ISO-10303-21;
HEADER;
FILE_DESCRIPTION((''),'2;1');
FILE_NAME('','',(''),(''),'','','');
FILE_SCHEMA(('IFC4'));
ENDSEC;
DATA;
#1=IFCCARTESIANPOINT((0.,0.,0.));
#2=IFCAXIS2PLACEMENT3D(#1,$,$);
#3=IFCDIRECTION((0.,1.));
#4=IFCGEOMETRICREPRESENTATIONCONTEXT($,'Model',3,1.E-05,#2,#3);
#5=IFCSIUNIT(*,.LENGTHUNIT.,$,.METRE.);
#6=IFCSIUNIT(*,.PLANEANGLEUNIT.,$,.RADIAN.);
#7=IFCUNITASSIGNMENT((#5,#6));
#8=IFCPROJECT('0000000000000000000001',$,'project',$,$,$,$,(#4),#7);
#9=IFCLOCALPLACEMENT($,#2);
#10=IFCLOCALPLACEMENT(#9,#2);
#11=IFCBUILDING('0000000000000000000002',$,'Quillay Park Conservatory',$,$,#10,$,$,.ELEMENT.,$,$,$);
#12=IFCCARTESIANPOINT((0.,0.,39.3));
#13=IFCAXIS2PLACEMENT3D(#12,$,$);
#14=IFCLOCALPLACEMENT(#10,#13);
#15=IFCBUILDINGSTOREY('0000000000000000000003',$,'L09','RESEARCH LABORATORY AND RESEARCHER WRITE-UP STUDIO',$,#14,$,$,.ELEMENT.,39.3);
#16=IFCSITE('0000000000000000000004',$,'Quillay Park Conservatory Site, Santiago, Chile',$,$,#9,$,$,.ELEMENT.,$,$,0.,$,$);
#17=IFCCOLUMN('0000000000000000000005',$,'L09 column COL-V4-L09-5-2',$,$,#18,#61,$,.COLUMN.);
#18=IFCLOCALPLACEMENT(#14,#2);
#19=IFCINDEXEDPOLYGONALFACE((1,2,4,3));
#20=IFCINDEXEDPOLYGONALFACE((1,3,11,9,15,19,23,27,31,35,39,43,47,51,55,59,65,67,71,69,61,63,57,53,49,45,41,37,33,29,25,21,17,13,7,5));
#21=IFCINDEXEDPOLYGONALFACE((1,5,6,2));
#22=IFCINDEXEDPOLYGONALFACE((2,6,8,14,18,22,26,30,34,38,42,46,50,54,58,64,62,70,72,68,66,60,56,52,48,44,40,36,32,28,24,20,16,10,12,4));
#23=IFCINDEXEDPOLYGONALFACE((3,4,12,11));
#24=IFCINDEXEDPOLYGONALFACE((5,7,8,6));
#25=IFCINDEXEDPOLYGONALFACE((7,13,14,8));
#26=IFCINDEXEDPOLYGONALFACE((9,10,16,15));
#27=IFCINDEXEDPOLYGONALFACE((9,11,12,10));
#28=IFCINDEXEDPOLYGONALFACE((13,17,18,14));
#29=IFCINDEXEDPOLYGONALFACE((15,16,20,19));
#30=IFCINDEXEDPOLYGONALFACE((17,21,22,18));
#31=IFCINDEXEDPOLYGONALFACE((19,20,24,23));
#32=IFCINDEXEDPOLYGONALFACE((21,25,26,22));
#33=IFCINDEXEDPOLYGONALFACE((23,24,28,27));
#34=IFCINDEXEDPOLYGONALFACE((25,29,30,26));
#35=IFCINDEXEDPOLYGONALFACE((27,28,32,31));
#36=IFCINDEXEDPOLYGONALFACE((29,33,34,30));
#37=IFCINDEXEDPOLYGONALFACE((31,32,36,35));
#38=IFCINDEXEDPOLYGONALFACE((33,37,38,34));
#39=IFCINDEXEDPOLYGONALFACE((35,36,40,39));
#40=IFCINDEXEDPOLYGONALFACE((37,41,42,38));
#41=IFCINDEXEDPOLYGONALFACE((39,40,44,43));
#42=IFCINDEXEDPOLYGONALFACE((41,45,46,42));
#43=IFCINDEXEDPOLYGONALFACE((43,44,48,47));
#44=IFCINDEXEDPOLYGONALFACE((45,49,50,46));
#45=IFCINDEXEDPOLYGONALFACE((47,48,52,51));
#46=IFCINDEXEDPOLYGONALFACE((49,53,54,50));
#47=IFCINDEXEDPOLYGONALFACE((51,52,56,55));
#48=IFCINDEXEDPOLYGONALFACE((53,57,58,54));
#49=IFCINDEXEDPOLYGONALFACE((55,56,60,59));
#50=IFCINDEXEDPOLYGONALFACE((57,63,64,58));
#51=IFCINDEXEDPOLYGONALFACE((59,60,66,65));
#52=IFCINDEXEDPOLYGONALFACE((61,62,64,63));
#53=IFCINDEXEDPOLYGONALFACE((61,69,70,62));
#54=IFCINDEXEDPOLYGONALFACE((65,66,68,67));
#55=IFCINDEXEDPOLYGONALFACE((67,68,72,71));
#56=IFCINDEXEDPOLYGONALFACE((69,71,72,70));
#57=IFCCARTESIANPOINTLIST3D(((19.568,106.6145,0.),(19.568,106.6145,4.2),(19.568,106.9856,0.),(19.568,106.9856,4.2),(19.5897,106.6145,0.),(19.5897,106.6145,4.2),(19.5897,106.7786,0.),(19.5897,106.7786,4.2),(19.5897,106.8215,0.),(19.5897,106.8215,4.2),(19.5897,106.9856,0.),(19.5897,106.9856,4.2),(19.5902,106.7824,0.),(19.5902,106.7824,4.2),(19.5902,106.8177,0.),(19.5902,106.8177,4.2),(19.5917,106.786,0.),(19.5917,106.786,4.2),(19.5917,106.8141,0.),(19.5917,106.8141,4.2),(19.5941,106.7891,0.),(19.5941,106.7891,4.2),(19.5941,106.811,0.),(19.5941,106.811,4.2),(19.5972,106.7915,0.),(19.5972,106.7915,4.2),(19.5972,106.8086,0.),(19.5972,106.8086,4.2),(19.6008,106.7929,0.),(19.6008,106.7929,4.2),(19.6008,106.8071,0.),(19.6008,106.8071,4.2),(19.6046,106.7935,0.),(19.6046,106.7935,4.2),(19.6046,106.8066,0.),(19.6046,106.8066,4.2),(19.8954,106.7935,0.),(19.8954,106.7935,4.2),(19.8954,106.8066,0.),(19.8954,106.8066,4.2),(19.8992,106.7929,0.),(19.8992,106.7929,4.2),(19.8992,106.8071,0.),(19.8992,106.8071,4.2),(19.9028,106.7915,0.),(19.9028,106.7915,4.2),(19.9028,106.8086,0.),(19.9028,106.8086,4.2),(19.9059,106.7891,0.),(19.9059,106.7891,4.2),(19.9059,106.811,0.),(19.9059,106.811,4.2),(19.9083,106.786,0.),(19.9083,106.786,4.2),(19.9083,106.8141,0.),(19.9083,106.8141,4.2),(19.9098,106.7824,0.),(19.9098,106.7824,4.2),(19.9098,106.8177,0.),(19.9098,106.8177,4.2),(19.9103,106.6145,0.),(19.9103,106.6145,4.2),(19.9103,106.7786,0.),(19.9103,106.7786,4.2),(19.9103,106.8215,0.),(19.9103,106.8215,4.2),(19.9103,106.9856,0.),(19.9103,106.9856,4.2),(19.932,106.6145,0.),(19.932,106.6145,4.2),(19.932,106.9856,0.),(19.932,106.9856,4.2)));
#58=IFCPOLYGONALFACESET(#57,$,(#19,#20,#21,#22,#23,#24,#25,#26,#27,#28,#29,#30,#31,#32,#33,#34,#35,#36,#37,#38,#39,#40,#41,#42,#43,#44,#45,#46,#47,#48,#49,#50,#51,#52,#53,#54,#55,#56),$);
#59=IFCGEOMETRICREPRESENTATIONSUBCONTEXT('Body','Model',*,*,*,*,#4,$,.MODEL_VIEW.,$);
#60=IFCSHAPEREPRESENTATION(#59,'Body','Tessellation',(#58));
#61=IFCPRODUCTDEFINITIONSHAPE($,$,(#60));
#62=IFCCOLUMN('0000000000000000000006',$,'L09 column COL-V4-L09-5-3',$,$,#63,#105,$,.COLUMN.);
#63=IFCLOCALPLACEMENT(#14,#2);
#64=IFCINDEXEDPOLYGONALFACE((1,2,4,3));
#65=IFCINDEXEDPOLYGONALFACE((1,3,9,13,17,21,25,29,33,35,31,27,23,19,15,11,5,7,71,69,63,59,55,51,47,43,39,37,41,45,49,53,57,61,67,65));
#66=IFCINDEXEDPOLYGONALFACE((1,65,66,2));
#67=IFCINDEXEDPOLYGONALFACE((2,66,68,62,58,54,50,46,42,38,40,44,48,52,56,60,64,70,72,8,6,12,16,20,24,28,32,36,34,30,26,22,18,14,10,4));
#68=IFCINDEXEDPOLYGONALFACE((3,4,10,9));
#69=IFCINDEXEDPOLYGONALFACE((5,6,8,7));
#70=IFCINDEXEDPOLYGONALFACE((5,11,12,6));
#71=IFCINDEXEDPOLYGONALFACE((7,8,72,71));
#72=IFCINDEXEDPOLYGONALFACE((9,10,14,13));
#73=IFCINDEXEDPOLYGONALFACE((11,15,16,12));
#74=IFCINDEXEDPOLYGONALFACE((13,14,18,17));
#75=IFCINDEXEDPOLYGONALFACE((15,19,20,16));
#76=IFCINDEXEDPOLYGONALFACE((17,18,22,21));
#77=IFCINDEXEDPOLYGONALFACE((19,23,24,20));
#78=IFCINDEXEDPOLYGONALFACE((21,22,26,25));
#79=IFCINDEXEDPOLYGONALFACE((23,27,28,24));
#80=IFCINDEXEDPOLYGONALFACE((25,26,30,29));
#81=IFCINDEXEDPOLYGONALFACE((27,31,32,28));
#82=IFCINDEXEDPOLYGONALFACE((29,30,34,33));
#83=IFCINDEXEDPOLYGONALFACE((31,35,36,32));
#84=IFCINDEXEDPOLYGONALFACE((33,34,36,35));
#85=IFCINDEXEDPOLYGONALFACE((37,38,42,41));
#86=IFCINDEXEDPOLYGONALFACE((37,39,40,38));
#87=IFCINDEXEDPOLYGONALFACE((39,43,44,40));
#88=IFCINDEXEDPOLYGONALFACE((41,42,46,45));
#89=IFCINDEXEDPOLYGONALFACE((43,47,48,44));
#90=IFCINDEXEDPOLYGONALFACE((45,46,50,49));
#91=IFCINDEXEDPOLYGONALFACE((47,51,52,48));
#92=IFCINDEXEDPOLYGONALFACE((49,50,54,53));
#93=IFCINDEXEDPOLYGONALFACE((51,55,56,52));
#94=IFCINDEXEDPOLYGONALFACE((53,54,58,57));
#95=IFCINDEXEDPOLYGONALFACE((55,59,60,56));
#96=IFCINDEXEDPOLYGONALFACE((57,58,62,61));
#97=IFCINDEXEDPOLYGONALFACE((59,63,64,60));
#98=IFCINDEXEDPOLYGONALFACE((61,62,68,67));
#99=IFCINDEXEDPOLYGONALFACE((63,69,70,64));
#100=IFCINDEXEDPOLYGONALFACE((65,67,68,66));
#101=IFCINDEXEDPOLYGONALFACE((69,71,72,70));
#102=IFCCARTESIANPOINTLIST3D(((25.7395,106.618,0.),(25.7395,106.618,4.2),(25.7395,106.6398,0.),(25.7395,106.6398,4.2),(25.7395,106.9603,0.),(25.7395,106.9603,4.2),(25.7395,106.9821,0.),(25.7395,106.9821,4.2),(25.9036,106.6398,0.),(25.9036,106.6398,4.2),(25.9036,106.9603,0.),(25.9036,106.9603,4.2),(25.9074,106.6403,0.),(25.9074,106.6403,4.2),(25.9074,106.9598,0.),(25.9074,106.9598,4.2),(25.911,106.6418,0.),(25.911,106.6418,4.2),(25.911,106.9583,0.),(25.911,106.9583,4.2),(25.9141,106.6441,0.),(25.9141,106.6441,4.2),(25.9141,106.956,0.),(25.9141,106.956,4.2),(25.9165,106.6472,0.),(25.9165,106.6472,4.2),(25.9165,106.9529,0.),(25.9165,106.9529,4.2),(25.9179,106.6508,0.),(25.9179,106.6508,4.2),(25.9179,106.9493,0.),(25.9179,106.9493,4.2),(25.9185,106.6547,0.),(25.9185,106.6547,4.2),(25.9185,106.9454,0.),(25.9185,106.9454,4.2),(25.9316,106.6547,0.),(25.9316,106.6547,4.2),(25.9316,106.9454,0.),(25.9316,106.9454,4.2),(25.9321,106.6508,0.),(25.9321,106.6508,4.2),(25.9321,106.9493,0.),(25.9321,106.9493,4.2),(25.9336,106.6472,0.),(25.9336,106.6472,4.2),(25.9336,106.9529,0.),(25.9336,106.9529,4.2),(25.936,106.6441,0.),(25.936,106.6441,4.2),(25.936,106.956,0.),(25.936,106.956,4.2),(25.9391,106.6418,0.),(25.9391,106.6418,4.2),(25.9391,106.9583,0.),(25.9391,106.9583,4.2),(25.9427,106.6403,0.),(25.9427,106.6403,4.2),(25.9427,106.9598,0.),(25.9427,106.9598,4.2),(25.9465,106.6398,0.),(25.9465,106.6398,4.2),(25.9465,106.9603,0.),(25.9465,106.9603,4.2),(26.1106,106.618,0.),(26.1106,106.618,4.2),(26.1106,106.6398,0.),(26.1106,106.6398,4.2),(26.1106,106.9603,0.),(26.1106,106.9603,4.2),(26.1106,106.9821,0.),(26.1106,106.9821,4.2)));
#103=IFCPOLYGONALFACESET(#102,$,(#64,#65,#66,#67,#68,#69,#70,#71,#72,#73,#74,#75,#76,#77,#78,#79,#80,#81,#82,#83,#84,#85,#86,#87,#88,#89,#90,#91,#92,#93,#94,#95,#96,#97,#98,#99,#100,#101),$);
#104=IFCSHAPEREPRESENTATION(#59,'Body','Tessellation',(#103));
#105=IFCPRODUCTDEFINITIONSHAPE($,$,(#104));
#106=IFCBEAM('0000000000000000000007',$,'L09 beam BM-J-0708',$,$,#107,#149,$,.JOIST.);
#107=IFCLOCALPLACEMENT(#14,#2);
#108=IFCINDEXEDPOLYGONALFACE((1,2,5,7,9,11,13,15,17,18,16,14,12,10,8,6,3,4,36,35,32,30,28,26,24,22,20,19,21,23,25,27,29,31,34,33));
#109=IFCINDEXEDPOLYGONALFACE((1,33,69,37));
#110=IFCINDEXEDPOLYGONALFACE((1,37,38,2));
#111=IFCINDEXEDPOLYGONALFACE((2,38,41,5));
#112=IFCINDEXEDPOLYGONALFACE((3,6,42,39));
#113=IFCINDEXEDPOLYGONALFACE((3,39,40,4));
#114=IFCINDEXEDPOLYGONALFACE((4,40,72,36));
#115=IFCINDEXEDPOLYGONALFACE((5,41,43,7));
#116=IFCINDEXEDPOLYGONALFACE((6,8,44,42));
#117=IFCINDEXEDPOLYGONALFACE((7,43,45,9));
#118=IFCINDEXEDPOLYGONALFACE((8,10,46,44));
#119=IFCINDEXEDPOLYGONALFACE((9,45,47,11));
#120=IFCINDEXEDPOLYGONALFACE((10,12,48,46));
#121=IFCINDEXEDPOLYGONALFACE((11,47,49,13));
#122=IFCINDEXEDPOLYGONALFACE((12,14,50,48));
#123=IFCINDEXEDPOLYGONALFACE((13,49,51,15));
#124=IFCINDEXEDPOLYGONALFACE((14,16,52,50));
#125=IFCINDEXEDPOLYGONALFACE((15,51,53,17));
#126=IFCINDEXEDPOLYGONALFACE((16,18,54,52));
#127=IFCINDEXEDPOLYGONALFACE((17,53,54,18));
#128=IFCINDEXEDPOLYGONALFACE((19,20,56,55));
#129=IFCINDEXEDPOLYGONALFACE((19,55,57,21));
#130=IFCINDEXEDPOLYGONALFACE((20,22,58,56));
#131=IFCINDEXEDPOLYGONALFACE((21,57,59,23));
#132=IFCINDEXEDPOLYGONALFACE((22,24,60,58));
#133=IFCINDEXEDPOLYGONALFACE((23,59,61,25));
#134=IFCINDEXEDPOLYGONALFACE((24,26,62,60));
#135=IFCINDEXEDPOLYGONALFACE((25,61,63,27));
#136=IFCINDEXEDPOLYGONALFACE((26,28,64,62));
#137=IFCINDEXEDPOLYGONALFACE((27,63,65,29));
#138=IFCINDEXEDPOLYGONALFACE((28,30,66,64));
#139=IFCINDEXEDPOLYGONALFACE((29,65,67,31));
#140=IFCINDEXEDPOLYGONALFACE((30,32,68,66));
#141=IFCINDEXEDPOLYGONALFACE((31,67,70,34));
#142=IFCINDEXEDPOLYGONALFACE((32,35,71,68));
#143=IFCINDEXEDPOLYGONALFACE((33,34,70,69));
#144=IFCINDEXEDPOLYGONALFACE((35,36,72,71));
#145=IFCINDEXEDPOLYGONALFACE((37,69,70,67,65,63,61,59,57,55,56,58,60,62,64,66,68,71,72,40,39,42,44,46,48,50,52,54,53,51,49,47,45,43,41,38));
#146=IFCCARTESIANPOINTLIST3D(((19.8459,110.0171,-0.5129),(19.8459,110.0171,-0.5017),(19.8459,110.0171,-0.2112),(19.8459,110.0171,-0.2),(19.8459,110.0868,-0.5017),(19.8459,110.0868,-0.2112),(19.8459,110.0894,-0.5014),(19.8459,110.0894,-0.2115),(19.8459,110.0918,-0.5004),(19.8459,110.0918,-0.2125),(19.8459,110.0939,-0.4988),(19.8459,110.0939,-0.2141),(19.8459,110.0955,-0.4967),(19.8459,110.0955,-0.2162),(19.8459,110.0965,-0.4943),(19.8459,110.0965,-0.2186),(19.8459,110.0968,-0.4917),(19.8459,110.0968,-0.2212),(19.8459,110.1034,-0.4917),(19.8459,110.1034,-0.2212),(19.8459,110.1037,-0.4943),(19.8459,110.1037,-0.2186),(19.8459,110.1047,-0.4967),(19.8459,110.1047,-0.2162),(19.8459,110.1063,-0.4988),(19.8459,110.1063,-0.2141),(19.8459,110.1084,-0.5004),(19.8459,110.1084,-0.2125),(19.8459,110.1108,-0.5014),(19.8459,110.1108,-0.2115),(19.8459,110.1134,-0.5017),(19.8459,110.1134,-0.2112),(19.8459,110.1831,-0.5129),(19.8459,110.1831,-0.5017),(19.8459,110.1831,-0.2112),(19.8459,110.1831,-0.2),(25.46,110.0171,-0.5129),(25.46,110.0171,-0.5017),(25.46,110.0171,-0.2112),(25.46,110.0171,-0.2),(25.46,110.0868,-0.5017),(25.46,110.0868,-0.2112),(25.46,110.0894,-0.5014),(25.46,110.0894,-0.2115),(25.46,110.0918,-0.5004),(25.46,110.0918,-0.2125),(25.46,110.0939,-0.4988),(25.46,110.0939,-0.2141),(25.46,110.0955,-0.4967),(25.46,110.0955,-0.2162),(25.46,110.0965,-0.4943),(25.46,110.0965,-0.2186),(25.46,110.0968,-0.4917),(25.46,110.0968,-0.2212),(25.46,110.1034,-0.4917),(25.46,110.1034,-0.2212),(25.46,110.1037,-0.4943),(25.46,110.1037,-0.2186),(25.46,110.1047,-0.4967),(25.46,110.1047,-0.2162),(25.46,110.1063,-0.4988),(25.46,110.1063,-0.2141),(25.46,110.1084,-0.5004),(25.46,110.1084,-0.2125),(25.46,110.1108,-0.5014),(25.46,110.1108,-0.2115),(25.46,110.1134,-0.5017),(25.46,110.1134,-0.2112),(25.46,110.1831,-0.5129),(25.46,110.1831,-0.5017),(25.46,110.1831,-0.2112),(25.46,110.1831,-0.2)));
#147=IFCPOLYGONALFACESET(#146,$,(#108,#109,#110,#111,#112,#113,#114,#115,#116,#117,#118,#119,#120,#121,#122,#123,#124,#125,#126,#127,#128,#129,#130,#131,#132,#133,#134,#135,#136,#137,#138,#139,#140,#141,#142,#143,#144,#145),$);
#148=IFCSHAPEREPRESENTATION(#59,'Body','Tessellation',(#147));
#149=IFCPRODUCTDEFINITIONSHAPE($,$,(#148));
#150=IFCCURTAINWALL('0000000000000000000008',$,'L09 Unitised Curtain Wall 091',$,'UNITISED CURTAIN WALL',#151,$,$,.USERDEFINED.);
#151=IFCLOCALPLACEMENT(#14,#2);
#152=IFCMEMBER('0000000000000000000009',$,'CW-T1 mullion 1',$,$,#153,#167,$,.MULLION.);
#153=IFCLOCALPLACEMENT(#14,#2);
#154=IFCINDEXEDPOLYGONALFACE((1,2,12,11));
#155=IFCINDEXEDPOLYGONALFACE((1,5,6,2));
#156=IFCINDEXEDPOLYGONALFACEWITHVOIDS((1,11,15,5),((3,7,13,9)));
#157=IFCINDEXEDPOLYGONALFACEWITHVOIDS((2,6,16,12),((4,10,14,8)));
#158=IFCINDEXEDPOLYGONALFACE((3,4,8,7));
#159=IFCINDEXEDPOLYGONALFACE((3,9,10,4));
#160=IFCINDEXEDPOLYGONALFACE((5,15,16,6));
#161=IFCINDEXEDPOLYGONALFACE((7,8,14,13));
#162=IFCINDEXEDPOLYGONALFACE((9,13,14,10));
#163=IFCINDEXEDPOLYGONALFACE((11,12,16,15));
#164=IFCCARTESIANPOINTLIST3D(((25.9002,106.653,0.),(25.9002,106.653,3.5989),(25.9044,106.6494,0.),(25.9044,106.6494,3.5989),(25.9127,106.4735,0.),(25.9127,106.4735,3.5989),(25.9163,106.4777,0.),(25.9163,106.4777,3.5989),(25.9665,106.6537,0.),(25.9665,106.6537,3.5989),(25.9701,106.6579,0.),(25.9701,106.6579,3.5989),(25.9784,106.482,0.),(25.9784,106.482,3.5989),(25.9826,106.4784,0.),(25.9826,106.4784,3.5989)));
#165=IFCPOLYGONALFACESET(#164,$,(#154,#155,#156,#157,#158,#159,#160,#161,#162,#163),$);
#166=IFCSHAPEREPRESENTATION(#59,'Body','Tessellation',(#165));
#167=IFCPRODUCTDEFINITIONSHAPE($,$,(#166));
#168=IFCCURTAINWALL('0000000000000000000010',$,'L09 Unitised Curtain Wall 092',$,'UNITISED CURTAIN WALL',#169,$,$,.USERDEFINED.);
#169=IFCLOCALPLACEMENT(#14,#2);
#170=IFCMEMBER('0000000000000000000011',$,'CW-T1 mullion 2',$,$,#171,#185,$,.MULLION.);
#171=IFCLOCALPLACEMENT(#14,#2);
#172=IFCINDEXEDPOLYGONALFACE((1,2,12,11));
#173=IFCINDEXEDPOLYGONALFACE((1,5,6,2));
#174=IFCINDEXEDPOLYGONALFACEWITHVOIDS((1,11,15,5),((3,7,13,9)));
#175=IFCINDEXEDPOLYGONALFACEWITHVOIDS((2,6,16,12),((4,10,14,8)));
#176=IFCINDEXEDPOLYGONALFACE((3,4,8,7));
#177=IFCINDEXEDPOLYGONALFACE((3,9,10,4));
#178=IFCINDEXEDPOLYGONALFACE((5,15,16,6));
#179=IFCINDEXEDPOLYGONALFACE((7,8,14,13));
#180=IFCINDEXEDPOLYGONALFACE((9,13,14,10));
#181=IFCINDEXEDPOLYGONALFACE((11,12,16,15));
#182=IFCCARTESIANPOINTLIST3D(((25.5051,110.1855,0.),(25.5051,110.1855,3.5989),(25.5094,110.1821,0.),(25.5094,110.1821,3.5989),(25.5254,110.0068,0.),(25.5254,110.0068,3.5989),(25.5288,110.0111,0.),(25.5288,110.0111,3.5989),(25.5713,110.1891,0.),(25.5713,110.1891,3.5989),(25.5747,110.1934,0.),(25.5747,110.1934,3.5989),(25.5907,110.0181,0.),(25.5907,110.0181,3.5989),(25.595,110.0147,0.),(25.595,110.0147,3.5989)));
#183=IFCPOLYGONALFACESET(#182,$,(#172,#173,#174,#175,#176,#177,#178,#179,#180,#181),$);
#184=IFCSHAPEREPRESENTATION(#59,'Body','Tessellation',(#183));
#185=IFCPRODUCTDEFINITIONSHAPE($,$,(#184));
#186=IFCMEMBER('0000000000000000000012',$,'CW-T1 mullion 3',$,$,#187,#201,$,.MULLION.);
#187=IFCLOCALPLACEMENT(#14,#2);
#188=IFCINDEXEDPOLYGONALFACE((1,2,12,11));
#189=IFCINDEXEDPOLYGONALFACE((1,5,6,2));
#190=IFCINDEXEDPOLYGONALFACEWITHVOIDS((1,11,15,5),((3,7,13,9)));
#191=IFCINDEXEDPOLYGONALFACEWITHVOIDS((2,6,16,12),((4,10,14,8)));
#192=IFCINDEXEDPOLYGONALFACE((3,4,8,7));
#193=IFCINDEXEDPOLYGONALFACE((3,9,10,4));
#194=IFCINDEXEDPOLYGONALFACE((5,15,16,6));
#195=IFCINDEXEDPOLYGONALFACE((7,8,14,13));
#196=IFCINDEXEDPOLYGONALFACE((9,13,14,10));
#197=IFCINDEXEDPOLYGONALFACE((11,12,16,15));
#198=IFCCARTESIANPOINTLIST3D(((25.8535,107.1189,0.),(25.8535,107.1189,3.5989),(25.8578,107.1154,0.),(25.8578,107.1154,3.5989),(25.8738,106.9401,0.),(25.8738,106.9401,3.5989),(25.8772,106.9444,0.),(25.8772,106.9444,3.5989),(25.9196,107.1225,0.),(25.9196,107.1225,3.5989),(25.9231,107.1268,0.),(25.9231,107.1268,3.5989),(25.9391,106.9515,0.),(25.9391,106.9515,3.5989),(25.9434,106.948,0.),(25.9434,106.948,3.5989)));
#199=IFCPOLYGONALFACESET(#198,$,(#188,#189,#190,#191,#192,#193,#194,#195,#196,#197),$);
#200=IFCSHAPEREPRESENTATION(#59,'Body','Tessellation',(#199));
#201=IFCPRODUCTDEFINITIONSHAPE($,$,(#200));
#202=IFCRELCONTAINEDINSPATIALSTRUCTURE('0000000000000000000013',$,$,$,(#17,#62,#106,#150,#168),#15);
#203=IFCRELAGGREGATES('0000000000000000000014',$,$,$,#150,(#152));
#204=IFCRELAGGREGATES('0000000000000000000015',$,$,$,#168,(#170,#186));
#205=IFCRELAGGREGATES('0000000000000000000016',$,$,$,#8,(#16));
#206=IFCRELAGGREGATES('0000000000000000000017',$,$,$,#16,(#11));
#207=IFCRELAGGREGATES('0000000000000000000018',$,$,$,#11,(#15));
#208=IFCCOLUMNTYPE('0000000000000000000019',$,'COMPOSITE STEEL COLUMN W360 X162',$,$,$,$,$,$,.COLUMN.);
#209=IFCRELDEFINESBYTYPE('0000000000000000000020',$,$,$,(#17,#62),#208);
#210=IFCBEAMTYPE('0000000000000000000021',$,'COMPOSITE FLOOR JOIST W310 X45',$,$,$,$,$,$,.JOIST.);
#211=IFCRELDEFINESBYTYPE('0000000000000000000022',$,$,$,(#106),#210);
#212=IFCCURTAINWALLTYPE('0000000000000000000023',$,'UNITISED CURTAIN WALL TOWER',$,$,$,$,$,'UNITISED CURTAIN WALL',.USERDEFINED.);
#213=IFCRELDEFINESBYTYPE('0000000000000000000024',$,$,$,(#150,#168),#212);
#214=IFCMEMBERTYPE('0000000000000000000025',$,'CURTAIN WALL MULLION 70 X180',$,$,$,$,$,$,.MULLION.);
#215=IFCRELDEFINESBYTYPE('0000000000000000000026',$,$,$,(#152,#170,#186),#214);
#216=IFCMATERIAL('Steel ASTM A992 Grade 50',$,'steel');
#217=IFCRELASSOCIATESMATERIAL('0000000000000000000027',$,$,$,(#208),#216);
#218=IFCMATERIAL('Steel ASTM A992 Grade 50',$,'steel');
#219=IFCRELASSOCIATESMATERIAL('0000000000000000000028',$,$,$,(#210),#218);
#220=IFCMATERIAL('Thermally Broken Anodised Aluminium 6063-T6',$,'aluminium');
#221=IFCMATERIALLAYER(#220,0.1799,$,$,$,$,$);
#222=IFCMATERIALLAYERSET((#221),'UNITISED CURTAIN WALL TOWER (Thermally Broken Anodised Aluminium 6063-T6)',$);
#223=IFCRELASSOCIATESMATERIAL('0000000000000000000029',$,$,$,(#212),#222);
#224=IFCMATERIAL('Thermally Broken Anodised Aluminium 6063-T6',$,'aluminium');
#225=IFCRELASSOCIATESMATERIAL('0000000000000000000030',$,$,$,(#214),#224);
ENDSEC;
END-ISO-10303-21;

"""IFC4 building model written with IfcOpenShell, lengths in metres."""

from ifc_helpers import new_model, si_unit, direction, frame, origin, origin_2d, place, context, subcontext, project, spatial, hollow_rectangle, i_section, extrude, material, layer, layer_set, material_profile, profile_set, type_object, element, aggregate, save


model = new_model("IFC4")

# Units and contexts
model_context = context("Model", 3, precision=1e-05, world=origin(), true_north=direction((0.0, 1.0)))
body_context = subcontext(model_context, "Body", "Model", "MODEL_VIEW")
ifc_project = project(units=[si_unit("LENGTHUNIT", "METRE"), si_unit("PLANEANGLEUNIT", "RADIAN")], contexts=[model_context])

# Site, building, storey
site_placement = place(None, origin())
site = spatial("IfcSite", under=ifc_project, at=site_placement, Name="Quillay Park Conservatory Site, Santiago, Chile", CompositionType="ELEMENT", RefElevation=0.0)
building_placement = place(site_placement, origin())
building = spatial("IfcBuilding", under=site, at=building_placement, Name="Quillay Park Conservatory", CompositionType="ELEMENT")
storey_placement = place(building_placement, frame((0.0, 0.0, 39.3)))
storey = spatial("IfcBuildingStorey", under=building, at=storey_placement, Name="L09", Description="RESEARCH LABORATORY AND RESEARCHER WRITE-UP STUDIO", CompositionType="ELEMENT", Elevation=39.3)

# Columns
ifc_material_1 = material(Name="Steel ASTM A992 Grade 50", Category="steel")
ifc_material_profile_1 = material_profile(ifc_material_1, i_section(OverallWidth=0.3711, OverallDepth=0.364, WebThickness=0.0132, FlangeThickness=0.0217, FilletRadius=0.0149, at=origin_2d()), Name="W360x162")
ifc_profile_set_1 = profile_set([ifc_material_profile_1], Name="Steel ASTM A992 Grade 50")
column_type = type_object("IfcColumnType", Name="COMPOSITE STEEL COLUMN W360 X162", PredefinedType="COLUMN", material=ifc_profile_set_1)
for number, where, z_axis, x_axis, name in (
    (1, (19.75, 106.8, 0.0), (0.0, 0.0, 1.0), (0.0, 1.0, 0.0), "L09 column COL-V4-L09-5-2"),
    (2, (25.925, 106.8, 0.0), (0.0, 0.0, 1.0), (1.0, 0.0, 0.0), "L09 column COL-V4-L09-5-3"),
):
    element("IfcColumn", number, at=place(storey_placement, frame(where, z_axis=z_axis, x_axis=x_axis)), inside=storey, type_object=column_type, Name=name, PredefinedType="COLUMN", context=body_context, shape_type="SweptSolid", body=[
        extrude(i_section(OverallWidth=0.3711, OverallDepth=0.364, WebThickness=0.0132, FlangeThickness=0.0217, FilletRadius=0.0149, at=origin_2d()), origin(), (0.0, 0.0, 1.0), 4.2),
    ])

# Beam
ifc_material_2 = material(Name="Steel ASTM A992 Grade 50", Category="steel")
ifc_material_profile_2 = material_profile(ifc_material_2, i_section(OverallWidth=0.166, OverallDepth=0.313, WebThickness=0.0066, FlangeThickness=0.0112, FilletRadius=0.01, at=origin_2d()), Name="W310x45")
ifc_profile_set_2 = profile_set([ifc_material_profile_2], Name="Steel ASTM A992 Grade 50")
beam_type_1 = type_object("IfcBeamType", Name="COMPOSITE FLOOR JOIST W310 X45", PredefinedType="JOIST", material=ifc_profile_set_2)
beam_1_placement = place(storey_placement, frame((19.8459, 110.1001, -0.3564), z_axis=(1.0, 0.0, 0.0), x_axis=(0.0, 1.0, 0.0)))
element("IfcBeam", 3, at=beam_1_placement, inside=storey, type_object=beam_type_1, Name="L09 beam BM-J-0708", PredefinedType="JOIST", context=body_context, shape_type="SweptSolid", body=[
    extrude(i_section(OverallWidth=0.166, OverallDepth=0.313, WebThickness=0.0066, FlangeThickness=0.0112, FilletRadius=0.01, at=origin_2d()), origin(), (0.0, 0.0, 1.0), 5.614),
])

# Curtain wall, member
ifc_material_3 = material(Name="Thermally Broken Anodised Aluminium 6063-T6", Category="aluminium")
ifc_layer_1 = layer(ifc_material_3, 0.1799)
ifc_layer_set_1 = layer_set([ifc_layer_1], Name="UNITISED CURTAIN WALL TOWER (Thermally Broken Anodised Aluminium 6063-T6)")
curtain_wall_type = type_object("IfcCurtainWallType", Name="UNITISED CURTAIN WALL TOWER", ElementType="UNITISED CURTAIN WALL", PredefinedType="USERDEFINED", material=ifc_layer_set_1)
curtain_wall_1_placement = place(storey_placement, origin())
curtain_wall_1 = element("IfcCurtainWall", 4, at=curtain_wall_1_placement, inside=storey, type_object=curtain_wall_type, Name="L09 Unitised Curtain Wall 091", ObjectType="UNITISED CURTAIN WALL", PredefinedType="USERDEFINED")
ifc_material_4 = material(Name="Thermally Broken Anodised Aluminium 6063-T6", Category="aluminium")
ifc_material_profile_3 = material_profile(ifc_material_4, hollow_rectangle(XDim=0.0701, YDim=0.1799, WallThickness=0.0039, at=origin_2d()), Name="AL70x180x4")
ifc_profile_set_3 = profile_set([ifc_material_profile_3], Name="Thermally Broken Anodised Aluminium 6063-T6")
member_type_1 = type_object("IfcMemberType", Name="CURTAIN WALL MULLION 70 X180", PredefinedType="MULLION", material=ifc_profile_set_3)
member_1_placement = place(storey_placement, frame((25.9414, 106.5657, 0.0), z_axis=(0.0, 0.0, 1.0), x_axis=(0.997598, 0.069264, 0.0)))
member_1 = element("IfcMember", 5, at=member_1_placement, type_object=member_type_1, Name="CW-T1 mullion 1", PredefinedType="MULLION", context=body_context, shape_type="SweptSolid", body=[
    extrude(hollow_rectangle(XDim=0.0701, YDim=0.1799, WallThickness=0.0039, at=origin_2d()), origin(), (0.0, 0.0, 1.0), 3.5989),
])

# Curtain wall, members
curtain_wall_2_placement = place(storey_placement, origin())
curtain_wall_2 = element("IfcCurtainWall", 6, at=curtain_wall_2_placement, inside=storey, type_object=curtain_wall_type, Name="L09 Unitised Curtain Wall 092", ObjectType="UNITISED CURTAIN WALL", PredefinedType="USERDEFINED")
member_2_placement = place(storey_placement, frame((25.55, 110.1001, 0.0), z_axis=(0.0, 0.0, 1.0), x_axis=(0.993606, 0.112903, 0.0)))
member_2 = element("IfcMember", 7, at=member_2_placement, type_object=member_type_1, Name="CW-T1 mullion 2", PredefinedType="MULLION", context=body_context, shape_type="SweptSolid", body=[
    extrude(hollow_rectangle(XDim=0.0701, YDim=0.1799, WallThickness=0.0039, at=origin_2d()), origin(), (0.0, 0.0, 1.0), 3.5989),
])
member_3_placement = place(storey_placement, frame((25.8984, 107.0334, 0.0), z_axis=(0.0, 0.0, 1.0), x_axis=(0.993606, 0.112903, 0.0)))
member_3 = element("IfcMember", 8, at=member_3_placement, type_object=member_type_1, Name="CW-T1 mullion 3", PredefinedType="MULLION", context=body_context, shape_type="SweptSolid", body=[
    extrude(hollow_rectangle(XDim=0.0701, YDim=0.1799, WallThickness=0.0039, at=origin_2d()), origin(), (0.0, 0.0, 1.0), 3.5989),
])

aggregate(curtain_wall_1, [member_1])
aggregate(curtain_wall_2, [member_2, member_3])

save(model, "model.ifc")
